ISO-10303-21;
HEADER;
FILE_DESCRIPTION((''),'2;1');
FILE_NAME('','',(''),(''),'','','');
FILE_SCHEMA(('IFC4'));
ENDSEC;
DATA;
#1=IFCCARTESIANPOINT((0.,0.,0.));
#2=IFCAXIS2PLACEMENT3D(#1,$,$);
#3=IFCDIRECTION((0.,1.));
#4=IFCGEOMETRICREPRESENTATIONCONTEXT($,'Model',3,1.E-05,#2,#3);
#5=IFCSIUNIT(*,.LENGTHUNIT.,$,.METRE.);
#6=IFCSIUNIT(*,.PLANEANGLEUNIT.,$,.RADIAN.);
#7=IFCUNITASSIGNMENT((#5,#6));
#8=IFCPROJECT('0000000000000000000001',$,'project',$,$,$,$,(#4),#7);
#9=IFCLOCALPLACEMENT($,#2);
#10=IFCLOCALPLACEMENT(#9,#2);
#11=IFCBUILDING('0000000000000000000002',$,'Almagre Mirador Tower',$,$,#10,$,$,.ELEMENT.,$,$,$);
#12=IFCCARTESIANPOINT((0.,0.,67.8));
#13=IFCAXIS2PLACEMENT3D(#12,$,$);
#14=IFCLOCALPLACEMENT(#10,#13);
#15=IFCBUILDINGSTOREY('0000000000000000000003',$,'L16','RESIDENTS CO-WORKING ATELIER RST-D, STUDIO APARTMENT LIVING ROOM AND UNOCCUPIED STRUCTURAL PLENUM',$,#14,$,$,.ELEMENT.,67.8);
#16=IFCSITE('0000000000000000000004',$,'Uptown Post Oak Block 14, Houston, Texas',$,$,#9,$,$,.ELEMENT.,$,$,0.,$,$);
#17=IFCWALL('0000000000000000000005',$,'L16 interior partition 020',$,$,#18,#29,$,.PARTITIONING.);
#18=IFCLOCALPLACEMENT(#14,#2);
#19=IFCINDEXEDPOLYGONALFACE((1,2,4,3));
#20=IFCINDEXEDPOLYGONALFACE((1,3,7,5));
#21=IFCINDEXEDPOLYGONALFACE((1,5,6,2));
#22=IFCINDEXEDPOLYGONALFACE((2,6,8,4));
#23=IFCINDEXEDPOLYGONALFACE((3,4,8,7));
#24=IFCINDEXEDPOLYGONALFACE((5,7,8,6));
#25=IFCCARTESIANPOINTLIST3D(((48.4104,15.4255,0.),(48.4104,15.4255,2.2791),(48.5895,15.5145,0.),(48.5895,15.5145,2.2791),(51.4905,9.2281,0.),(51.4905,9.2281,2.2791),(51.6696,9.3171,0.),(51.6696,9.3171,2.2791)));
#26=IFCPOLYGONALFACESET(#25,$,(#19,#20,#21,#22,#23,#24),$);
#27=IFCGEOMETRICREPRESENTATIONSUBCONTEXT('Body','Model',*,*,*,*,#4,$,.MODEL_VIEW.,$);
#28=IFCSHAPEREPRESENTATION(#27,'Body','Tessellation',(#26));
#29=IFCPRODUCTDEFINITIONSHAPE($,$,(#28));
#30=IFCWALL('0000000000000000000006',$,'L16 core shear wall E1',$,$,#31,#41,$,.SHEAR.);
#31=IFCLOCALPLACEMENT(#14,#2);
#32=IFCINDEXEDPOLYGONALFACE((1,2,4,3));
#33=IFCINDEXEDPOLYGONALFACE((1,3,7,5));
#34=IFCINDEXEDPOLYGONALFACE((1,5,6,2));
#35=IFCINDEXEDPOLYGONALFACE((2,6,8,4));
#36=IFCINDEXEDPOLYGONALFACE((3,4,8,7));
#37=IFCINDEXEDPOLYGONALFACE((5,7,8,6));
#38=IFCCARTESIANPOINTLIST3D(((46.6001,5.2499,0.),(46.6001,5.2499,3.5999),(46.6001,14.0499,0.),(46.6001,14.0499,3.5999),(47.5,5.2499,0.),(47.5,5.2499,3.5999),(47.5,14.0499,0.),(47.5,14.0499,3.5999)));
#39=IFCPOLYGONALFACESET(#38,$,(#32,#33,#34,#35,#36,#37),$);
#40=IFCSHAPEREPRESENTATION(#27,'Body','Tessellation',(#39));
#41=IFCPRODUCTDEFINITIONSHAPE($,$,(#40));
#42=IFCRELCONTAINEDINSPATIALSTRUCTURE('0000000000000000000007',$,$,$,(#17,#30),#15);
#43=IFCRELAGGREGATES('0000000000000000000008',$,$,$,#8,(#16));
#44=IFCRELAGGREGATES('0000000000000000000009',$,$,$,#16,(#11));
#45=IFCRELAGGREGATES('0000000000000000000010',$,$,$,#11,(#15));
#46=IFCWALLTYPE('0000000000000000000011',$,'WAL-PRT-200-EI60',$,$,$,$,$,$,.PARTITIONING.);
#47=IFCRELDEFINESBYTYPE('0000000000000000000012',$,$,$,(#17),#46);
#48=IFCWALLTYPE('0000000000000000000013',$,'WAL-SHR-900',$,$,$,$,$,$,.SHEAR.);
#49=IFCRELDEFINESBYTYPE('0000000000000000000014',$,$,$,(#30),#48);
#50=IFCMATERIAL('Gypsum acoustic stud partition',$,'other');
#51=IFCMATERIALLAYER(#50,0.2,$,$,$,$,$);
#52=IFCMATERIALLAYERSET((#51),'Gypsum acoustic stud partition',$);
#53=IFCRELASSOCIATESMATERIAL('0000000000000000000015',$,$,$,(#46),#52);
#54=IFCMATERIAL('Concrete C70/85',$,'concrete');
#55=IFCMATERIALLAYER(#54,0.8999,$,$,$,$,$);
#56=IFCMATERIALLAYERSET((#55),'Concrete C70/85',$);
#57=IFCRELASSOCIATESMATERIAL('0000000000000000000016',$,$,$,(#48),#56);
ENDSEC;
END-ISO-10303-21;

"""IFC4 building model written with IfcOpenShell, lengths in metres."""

from ifc_helpers import new_model, si_unit, direction, frame, frame_2d, origin, place, context, subcontext, project, spatial, rectangle, extrude, material, layer, layer_set, type_object, element, save


model = new_model("IFC4")

# Units and contexts
model_context = context("Model", 3, precision=1e-05, world=origin(), true_north=direction((0.0, 1.0)))
body_context = subcontext(model_context, "Body", "Model", "MODEL_VIEW")
ifc_project = project(units=[si_unit("LENGTHUNIT", "METRE"), si_unit("PLANEANGLEUNIT", "RADIAN")], contexts=[model_context])

# Site, building, storey
site_placement = place(None, origin())
site = spatial("IfcSite", under=ifc_project, at=site_placement, Name="Uptown Post Oak Block 14, Houston, Texas", CompositionType="ELEMENT", RefElevation=0.0)
building_placement = place(site_placement, origin())
building = spatial("IfcBuilding", under=site, at=building_placement, Name="Almagre Mirador Tower", CompositionType="ELEMENT")
storey_placement = place(building_placement, frame((0.0, 0.0, 67.8)))
storey = spatial("IfcBuildingStorey", under=building, at=storey_placement, Name="L16", Description="RESIDENTS CO-WORKING ATELIER RST-D, STUDIO APARTMENT LIVING ROOM AND UNOCCUPIED STRUCTURAL PLENUM", CompositionType="ELEMENT", Elevation=67.8)

# Walls
ifc_material_1 = material(Name="Gypsum acoustic stud partition", Category="other")
ifc_layer_1 = layer(ifc_material_1, 0.2)
ifc_layer_set_1 = layer_set([ifc_layer_1], Name="Gypsum acoustic stud partition")
wall_type_1 = type_object("IfcWallType", Name="WAL-PRT-200-EI60", PredefinedType="PARTITIONING", material=ifc_layer_set_1)
wall_1_placement = place(storey_placement, frame((51.5801, 9.2725, 0.0), z_axis=(0.0, 0.0, 1.0), x_axis=(-0.445053, 0.895504, 0.0)))
element("IfcWall", 1, at=wall_1_placement, inside=storey, type_object=wall_type_1, Name="L16 interior partition 020", PredefinedType="PARTITIONING", context=body_context, shape_type="SweptSolid", body=[
    extrude(rectangle(XDim=6.9207, YDim=0.2, at=frame_2d((3.4604, 0.0))), origin(), (0.0, 0.0, 1.0), 2.2791),
])
ifc_material_2 = material(Name="Concrete C70/85", Category="concrete")
ifc_layer_2 = layer(ifc_material_2, 0.8999)
ifc_layer_set_2 = layer_set([ifc_layer_2], Name="Concrete C70/85")
wall_type_2 = type_object("IfcWallType", Name="WAL-SHR-900", PredefinedType="SHEAR", material=ifc_layer_set_2)
wall_2_placement = place(storey_placement, frame((47.05, 5.25, 0.0), z_axis=(0.0, 0.0, 1.0), x_axis=(0.0, 1.0, 0.0)))
element("IfcWall", 2, at=wall_2_placement, inside=storey, type_object=wall_type_2, Name="L16 core shear wall E1", PredefinedType="SHEAR", context=body_context, shape_type="SweptSolid", body=[
    extrude(rectangle(XDim=8.8, YDim=0.8999, at=frame_2d((4.3999, 0.0))), origin(), (0.0, 0.0, 1.0), 3.5999),
])

save(model, "model.ifc")
